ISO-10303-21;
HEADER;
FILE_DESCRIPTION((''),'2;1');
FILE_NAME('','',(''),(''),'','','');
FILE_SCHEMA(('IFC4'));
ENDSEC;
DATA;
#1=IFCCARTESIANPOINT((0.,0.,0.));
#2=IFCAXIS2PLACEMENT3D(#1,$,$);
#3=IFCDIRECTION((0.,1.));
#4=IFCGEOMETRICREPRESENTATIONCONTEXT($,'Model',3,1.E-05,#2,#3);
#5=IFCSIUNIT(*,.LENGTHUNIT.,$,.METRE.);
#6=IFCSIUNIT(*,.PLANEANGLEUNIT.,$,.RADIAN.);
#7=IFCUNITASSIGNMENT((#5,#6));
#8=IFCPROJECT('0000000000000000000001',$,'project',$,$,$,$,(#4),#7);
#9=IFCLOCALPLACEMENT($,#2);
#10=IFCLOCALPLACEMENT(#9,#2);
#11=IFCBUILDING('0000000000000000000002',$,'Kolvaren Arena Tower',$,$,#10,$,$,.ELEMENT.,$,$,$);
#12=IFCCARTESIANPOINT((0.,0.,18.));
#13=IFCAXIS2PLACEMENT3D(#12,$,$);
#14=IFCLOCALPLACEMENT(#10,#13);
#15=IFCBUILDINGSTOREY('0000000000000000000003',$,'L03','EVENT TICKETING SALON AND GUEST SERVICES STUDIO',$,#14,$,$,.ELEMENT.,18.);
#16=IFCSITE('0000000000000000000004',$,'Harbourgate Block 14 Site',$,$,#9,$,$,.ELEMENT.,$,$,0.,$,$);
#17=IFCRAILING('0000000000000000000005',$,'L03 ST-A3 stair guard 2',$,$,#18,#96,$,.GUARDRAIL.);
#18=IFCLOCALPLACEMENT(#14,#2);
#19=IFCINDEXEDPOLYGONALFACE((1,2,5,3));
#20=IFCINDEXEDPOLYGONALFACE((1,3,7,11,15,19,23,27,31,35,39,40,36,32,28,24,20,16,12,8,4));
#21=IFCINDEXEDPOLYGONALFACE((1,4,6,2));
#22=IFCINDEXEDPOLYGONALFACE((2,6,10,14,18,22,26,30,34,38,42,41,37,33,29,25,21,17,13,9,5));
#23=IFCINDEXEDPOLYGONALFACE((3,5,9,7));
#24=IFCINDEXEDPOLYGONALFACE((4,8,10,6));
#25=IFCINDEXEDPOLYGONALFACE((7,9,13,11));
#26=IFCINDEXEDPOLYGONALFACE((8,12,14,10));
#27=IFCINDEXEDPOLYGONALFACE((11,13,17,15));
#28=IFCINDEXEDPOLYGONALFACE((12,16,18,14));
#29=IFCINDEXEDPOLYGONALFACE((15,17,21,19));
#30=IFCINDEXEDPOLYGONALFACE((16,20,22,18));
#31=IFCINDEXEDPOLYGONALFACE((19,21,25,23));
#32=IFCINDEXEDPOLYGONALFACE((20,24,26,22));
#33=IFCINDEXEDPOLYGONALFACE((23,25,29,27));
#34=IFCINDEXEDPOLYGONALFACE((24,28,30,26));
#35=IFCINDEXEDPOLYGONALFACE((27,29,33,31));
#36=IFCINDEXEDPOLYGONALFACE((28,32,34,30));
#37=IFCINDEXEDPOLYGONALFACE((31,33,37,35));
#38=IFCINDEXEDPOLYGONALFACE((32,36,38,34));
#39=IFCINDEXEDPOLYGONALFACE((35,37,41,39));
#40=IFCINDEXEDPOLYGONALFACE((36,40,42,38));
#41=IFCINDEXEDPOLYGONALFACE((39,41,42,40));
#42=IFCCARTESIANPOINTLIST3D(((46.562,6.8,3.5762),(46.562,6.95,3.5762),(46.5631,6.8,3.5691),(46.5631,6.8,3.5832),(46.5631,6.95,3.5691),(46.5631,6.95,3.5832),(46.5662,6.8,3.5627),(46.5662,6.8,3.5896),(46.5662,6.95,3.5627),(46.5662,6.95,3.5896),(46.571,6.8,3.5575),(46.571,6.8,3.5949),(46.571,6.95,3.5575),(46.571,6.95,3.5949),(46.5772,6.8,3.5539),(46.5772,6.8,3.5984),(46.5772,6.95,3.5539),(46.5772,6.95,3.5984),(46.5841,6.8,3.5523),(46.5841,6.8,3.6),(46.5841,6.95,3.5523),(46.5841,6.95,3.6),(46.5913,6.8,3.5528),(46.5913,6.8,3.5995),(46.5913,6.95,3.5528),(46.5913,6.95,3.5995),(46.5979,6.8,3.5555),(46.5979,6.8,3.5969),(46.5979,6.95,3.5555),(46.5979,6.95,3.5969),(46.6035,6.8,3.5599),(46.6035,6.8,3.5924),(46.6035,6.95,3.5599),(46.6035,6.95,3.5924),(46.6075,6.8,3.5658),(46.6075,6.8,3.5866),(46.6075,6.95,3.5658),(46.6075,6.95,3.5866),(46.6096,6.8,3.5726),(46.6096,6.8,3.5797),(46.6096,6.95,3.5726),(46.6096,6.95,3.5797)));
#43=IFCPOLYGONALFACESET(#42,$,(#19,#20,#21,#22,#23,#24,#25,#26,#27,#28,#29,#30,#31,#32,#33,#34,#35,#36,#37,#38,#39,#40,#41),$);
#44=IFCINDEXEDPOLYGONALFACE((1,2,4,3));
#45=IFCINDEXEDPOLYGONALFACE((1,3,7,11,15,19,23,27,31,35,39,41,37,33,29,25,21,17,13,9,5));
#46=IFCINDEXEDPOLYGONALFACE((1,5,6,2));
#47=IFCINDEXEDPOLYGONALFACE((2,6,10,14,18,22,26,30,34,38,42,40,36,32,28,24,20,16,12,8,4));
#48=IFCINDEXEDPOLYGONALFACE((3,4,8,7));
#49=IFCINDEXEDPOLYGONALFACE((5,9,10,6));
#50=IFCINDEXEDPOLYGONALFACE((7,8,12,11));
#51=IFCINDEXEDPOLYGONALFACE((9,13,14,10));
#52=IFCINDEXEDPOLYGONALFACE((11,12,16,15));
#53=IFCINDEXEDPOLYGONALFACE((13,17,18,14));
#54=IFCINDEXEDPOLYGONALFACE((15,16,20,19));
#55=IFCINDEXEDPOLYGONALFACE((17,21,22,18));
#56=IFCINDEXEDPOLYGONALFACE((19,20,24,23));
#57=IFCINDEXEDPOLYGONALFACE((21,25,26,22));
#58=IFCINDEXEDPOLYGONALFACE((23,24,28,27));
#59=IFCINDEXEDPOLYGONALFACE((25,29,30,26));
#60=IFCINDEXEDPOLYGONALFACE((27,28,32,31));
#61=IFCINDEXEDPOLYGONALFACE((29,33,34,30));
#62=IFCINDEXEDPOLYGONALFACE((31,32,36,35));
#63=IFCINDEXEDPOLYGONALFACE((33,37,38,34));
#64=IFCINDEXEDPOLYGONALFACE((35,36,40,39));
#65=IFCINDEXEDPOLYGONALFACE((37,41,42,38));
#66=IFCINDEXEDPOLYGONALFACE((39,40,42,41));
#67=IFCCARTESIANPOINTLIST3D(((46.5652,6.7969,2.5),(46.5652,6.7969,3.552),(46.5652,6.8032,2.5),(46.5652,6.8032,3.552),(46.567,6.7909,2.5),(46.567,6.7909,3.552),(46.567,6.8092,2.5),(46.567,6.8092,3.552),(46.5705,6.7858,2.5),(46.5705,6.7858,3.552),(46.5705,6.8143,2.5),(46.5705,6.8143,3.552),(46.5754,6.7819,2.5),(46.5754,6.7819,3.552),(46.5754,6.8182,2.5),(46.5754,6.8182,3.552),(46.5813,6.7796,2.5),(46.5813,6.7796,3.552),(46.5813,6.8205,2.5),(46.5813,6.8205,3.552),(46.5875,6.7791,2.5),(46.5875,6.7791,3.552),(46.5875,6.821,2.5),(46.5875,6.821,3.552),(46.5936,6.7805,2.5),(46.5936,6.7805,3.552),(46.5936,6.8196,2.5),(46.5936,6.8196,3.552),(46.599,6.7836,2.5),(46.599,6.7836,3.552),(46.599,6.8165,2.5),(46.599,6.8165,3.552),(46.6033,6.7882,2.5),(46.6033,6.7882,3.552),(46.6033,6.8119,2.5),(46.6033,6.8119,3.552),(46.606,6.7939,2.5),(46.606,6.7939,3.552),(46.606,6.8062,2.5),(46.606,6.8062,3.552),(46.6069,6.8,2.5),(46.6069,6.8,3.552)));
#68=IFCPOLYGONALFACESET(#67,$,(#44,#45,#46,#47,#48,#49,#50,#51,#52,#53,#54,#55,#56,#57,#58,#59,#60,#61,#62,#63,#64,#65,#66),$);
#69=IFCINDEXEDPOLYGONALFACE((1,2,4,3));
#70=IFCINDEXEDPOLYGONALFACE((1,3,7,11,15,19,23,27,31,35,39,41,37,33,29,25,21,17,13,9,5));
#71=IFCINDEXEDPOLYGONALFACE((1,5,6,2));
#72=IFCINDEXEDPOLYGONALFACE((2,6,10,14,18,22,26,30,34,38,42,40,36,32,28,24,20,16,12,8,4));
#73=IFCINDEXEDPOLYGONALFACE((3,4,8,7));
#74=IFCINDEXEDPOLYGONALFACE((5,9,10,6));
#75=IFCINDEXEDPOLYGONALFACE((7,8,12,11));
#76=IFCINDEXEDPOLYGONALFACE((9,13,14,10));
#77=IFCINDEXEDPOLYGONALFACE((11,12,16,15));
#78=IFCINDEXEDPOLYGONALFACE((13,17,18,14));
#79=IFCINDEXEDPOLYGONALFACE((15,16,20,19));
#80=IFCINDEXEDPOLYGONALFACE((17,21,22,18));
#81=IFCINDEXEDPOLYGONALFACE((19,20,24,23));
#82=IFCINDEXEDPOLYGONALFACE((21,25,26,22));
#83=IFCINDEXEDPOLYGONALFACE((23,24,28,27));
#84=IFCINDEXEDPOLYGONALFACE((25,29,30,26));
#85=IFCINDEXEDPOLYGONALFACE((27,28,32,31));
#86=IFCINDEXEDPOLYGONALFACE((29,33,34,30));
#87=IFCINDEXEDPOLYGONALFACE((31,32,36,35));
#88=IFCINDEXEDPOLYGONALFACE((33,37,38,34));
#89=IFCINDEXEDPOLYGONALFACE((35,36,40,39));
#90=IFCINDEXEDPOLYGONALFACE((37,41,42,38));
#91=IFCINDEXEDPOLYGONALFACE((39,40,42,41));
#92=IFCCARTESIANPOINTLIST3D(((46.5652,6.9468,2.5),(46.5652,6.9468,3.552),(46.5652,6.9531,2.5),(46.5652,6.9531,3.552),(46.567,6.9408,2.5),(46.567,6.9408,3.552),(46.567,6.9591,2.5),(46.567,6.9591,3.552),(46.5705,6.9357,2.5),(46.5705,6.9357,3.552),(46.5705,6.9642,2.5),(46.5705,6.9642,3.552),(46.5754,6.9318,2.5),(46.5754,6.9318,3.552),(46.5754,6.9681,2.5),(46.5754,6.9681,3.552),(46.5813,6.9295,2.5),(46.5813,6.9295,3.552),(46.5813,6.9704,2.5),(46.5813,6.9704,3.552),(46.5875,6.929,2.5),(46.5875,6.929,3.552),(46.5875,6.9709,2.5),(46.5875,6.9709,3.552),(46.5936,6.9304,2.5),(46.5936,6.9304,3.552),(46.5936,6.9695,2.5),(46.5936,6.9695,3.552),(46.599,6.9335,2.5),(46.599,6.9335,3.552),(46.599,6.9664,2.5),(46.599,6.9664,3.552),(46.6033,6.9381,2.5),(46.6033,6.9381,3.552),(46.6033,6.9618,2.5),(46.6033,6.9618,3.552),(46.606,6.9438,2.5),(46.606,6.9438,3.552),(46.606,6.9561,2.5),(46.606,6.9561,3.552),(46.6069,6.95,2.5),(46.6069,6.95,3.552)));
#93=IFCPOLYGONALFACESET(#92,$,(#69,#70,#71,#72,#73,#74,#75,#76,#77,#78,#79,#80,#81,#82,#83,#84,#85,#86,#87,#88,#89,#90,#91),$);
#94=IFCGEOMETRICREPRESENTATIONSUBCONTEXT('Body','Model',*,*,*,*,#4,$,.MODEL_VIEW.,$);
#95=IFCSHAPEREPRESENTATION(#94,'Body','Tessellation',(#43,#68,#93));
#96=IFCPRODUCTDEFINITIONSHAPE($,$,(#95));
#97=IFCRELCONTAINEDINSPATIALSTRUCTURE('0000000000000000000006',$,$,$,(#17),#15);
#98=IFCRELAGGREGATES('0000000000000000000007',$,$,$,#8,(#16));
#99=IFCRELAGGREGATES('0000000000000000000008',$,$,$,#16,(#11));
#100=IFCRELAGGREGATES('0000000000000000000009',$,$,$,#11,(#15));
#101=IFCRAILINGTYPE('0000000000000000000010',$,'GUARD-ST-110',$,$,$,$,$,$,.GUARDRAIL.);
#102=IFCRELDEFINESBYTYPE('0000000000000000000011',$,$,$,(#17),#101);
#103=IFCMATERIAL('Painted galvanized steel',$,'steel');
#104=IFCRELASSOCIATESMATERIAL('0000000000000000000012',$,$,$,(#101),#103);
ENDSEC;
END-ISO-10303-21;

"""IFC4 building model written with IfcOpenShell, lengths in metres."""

from ifc_helpers import new_model, si_unit, direction, frame, origin, origin_2d, place, context, subcontext, project, spatial, circle, extrude, material, type_object, element, save


model = new_model("IFC4")

# Units and contexts
model_context = context("Model", 3, precision=1e-05, world=origin(), true_north=direction((0.0, 1.0)))
body_context = subcontext(model_context, "Body", "Model", "MODEL_VIEW")
ifc_project = project(units=[si_unit("LENGTHUNIT", "METRE"), si_unit("PLANEANGLEUNIT", "RADIAN")], contexts=[model_context])

# Site, building, storey
site_placement = place(None, origin())
site = spatial("IfcSite", under=ifc_project, at=site_placement, Name="Harbourgate Block 14 Site", CompositionType="ELEMENT", RefElevation=0.0)
building_placement = place(site_placement, origin())
building = spatial("IfcBuilding", under=site, at=building_placement, Name="Kolvaren Arena Tower", CompositionType="ELEMENT")
storey_placement = place(building_placement, frame((0.0, 0.0, 18.0)))
storey = spatial("IfcBuildingStorey", under=building, at=storey_placement, Name="L03", Description="EVENT TICKETING SALON AND GUEST SERVICES STUDIO", CompositionType="ELEMENT", Elevation=18.0)

# Railing
ifc_material_1 = material(Name="Painted galvanized steel", Category="steel")
railing_type_1 = type_object("IfcRailingType", Name="GUARD-ST-110", PredefinedType="GUARDRAIL", material=ifc_material_1)
railing_1_placement = place(storey_placement, frame((46.5859, 6.8, 2.5)))
element("IfcRailing", 1, at=railing_1_placement, inside=storey, type_object=railing_type_1, Name="L03 ST-A3 stair guard 2", PredefinedType="GUARDRAIL", context=body_context, shape_type="SweptSolid", body=[
    extrude(circle(Radius=0.0239, at=origin_2d()), frame((0.0, 0.0, 1.0762), z_axis=(0.0, 1.0, 0.0), x_axis=(-1.0, 0.0, 0.0)), (0.0, 0.0, 1.0), 0.1499),
    extrude(circle(Radius=0.021, at=origin_2d()), origin(), (0.0, 0.0, 1.0), 1.052),
    extrude(circle(Radius=0.021, at=origin_2d()), frame((0.0, 0.1499, 0.0)), (0.0, 0.0, 1.0), 1.052),
])

save(model, "model.ifc")
